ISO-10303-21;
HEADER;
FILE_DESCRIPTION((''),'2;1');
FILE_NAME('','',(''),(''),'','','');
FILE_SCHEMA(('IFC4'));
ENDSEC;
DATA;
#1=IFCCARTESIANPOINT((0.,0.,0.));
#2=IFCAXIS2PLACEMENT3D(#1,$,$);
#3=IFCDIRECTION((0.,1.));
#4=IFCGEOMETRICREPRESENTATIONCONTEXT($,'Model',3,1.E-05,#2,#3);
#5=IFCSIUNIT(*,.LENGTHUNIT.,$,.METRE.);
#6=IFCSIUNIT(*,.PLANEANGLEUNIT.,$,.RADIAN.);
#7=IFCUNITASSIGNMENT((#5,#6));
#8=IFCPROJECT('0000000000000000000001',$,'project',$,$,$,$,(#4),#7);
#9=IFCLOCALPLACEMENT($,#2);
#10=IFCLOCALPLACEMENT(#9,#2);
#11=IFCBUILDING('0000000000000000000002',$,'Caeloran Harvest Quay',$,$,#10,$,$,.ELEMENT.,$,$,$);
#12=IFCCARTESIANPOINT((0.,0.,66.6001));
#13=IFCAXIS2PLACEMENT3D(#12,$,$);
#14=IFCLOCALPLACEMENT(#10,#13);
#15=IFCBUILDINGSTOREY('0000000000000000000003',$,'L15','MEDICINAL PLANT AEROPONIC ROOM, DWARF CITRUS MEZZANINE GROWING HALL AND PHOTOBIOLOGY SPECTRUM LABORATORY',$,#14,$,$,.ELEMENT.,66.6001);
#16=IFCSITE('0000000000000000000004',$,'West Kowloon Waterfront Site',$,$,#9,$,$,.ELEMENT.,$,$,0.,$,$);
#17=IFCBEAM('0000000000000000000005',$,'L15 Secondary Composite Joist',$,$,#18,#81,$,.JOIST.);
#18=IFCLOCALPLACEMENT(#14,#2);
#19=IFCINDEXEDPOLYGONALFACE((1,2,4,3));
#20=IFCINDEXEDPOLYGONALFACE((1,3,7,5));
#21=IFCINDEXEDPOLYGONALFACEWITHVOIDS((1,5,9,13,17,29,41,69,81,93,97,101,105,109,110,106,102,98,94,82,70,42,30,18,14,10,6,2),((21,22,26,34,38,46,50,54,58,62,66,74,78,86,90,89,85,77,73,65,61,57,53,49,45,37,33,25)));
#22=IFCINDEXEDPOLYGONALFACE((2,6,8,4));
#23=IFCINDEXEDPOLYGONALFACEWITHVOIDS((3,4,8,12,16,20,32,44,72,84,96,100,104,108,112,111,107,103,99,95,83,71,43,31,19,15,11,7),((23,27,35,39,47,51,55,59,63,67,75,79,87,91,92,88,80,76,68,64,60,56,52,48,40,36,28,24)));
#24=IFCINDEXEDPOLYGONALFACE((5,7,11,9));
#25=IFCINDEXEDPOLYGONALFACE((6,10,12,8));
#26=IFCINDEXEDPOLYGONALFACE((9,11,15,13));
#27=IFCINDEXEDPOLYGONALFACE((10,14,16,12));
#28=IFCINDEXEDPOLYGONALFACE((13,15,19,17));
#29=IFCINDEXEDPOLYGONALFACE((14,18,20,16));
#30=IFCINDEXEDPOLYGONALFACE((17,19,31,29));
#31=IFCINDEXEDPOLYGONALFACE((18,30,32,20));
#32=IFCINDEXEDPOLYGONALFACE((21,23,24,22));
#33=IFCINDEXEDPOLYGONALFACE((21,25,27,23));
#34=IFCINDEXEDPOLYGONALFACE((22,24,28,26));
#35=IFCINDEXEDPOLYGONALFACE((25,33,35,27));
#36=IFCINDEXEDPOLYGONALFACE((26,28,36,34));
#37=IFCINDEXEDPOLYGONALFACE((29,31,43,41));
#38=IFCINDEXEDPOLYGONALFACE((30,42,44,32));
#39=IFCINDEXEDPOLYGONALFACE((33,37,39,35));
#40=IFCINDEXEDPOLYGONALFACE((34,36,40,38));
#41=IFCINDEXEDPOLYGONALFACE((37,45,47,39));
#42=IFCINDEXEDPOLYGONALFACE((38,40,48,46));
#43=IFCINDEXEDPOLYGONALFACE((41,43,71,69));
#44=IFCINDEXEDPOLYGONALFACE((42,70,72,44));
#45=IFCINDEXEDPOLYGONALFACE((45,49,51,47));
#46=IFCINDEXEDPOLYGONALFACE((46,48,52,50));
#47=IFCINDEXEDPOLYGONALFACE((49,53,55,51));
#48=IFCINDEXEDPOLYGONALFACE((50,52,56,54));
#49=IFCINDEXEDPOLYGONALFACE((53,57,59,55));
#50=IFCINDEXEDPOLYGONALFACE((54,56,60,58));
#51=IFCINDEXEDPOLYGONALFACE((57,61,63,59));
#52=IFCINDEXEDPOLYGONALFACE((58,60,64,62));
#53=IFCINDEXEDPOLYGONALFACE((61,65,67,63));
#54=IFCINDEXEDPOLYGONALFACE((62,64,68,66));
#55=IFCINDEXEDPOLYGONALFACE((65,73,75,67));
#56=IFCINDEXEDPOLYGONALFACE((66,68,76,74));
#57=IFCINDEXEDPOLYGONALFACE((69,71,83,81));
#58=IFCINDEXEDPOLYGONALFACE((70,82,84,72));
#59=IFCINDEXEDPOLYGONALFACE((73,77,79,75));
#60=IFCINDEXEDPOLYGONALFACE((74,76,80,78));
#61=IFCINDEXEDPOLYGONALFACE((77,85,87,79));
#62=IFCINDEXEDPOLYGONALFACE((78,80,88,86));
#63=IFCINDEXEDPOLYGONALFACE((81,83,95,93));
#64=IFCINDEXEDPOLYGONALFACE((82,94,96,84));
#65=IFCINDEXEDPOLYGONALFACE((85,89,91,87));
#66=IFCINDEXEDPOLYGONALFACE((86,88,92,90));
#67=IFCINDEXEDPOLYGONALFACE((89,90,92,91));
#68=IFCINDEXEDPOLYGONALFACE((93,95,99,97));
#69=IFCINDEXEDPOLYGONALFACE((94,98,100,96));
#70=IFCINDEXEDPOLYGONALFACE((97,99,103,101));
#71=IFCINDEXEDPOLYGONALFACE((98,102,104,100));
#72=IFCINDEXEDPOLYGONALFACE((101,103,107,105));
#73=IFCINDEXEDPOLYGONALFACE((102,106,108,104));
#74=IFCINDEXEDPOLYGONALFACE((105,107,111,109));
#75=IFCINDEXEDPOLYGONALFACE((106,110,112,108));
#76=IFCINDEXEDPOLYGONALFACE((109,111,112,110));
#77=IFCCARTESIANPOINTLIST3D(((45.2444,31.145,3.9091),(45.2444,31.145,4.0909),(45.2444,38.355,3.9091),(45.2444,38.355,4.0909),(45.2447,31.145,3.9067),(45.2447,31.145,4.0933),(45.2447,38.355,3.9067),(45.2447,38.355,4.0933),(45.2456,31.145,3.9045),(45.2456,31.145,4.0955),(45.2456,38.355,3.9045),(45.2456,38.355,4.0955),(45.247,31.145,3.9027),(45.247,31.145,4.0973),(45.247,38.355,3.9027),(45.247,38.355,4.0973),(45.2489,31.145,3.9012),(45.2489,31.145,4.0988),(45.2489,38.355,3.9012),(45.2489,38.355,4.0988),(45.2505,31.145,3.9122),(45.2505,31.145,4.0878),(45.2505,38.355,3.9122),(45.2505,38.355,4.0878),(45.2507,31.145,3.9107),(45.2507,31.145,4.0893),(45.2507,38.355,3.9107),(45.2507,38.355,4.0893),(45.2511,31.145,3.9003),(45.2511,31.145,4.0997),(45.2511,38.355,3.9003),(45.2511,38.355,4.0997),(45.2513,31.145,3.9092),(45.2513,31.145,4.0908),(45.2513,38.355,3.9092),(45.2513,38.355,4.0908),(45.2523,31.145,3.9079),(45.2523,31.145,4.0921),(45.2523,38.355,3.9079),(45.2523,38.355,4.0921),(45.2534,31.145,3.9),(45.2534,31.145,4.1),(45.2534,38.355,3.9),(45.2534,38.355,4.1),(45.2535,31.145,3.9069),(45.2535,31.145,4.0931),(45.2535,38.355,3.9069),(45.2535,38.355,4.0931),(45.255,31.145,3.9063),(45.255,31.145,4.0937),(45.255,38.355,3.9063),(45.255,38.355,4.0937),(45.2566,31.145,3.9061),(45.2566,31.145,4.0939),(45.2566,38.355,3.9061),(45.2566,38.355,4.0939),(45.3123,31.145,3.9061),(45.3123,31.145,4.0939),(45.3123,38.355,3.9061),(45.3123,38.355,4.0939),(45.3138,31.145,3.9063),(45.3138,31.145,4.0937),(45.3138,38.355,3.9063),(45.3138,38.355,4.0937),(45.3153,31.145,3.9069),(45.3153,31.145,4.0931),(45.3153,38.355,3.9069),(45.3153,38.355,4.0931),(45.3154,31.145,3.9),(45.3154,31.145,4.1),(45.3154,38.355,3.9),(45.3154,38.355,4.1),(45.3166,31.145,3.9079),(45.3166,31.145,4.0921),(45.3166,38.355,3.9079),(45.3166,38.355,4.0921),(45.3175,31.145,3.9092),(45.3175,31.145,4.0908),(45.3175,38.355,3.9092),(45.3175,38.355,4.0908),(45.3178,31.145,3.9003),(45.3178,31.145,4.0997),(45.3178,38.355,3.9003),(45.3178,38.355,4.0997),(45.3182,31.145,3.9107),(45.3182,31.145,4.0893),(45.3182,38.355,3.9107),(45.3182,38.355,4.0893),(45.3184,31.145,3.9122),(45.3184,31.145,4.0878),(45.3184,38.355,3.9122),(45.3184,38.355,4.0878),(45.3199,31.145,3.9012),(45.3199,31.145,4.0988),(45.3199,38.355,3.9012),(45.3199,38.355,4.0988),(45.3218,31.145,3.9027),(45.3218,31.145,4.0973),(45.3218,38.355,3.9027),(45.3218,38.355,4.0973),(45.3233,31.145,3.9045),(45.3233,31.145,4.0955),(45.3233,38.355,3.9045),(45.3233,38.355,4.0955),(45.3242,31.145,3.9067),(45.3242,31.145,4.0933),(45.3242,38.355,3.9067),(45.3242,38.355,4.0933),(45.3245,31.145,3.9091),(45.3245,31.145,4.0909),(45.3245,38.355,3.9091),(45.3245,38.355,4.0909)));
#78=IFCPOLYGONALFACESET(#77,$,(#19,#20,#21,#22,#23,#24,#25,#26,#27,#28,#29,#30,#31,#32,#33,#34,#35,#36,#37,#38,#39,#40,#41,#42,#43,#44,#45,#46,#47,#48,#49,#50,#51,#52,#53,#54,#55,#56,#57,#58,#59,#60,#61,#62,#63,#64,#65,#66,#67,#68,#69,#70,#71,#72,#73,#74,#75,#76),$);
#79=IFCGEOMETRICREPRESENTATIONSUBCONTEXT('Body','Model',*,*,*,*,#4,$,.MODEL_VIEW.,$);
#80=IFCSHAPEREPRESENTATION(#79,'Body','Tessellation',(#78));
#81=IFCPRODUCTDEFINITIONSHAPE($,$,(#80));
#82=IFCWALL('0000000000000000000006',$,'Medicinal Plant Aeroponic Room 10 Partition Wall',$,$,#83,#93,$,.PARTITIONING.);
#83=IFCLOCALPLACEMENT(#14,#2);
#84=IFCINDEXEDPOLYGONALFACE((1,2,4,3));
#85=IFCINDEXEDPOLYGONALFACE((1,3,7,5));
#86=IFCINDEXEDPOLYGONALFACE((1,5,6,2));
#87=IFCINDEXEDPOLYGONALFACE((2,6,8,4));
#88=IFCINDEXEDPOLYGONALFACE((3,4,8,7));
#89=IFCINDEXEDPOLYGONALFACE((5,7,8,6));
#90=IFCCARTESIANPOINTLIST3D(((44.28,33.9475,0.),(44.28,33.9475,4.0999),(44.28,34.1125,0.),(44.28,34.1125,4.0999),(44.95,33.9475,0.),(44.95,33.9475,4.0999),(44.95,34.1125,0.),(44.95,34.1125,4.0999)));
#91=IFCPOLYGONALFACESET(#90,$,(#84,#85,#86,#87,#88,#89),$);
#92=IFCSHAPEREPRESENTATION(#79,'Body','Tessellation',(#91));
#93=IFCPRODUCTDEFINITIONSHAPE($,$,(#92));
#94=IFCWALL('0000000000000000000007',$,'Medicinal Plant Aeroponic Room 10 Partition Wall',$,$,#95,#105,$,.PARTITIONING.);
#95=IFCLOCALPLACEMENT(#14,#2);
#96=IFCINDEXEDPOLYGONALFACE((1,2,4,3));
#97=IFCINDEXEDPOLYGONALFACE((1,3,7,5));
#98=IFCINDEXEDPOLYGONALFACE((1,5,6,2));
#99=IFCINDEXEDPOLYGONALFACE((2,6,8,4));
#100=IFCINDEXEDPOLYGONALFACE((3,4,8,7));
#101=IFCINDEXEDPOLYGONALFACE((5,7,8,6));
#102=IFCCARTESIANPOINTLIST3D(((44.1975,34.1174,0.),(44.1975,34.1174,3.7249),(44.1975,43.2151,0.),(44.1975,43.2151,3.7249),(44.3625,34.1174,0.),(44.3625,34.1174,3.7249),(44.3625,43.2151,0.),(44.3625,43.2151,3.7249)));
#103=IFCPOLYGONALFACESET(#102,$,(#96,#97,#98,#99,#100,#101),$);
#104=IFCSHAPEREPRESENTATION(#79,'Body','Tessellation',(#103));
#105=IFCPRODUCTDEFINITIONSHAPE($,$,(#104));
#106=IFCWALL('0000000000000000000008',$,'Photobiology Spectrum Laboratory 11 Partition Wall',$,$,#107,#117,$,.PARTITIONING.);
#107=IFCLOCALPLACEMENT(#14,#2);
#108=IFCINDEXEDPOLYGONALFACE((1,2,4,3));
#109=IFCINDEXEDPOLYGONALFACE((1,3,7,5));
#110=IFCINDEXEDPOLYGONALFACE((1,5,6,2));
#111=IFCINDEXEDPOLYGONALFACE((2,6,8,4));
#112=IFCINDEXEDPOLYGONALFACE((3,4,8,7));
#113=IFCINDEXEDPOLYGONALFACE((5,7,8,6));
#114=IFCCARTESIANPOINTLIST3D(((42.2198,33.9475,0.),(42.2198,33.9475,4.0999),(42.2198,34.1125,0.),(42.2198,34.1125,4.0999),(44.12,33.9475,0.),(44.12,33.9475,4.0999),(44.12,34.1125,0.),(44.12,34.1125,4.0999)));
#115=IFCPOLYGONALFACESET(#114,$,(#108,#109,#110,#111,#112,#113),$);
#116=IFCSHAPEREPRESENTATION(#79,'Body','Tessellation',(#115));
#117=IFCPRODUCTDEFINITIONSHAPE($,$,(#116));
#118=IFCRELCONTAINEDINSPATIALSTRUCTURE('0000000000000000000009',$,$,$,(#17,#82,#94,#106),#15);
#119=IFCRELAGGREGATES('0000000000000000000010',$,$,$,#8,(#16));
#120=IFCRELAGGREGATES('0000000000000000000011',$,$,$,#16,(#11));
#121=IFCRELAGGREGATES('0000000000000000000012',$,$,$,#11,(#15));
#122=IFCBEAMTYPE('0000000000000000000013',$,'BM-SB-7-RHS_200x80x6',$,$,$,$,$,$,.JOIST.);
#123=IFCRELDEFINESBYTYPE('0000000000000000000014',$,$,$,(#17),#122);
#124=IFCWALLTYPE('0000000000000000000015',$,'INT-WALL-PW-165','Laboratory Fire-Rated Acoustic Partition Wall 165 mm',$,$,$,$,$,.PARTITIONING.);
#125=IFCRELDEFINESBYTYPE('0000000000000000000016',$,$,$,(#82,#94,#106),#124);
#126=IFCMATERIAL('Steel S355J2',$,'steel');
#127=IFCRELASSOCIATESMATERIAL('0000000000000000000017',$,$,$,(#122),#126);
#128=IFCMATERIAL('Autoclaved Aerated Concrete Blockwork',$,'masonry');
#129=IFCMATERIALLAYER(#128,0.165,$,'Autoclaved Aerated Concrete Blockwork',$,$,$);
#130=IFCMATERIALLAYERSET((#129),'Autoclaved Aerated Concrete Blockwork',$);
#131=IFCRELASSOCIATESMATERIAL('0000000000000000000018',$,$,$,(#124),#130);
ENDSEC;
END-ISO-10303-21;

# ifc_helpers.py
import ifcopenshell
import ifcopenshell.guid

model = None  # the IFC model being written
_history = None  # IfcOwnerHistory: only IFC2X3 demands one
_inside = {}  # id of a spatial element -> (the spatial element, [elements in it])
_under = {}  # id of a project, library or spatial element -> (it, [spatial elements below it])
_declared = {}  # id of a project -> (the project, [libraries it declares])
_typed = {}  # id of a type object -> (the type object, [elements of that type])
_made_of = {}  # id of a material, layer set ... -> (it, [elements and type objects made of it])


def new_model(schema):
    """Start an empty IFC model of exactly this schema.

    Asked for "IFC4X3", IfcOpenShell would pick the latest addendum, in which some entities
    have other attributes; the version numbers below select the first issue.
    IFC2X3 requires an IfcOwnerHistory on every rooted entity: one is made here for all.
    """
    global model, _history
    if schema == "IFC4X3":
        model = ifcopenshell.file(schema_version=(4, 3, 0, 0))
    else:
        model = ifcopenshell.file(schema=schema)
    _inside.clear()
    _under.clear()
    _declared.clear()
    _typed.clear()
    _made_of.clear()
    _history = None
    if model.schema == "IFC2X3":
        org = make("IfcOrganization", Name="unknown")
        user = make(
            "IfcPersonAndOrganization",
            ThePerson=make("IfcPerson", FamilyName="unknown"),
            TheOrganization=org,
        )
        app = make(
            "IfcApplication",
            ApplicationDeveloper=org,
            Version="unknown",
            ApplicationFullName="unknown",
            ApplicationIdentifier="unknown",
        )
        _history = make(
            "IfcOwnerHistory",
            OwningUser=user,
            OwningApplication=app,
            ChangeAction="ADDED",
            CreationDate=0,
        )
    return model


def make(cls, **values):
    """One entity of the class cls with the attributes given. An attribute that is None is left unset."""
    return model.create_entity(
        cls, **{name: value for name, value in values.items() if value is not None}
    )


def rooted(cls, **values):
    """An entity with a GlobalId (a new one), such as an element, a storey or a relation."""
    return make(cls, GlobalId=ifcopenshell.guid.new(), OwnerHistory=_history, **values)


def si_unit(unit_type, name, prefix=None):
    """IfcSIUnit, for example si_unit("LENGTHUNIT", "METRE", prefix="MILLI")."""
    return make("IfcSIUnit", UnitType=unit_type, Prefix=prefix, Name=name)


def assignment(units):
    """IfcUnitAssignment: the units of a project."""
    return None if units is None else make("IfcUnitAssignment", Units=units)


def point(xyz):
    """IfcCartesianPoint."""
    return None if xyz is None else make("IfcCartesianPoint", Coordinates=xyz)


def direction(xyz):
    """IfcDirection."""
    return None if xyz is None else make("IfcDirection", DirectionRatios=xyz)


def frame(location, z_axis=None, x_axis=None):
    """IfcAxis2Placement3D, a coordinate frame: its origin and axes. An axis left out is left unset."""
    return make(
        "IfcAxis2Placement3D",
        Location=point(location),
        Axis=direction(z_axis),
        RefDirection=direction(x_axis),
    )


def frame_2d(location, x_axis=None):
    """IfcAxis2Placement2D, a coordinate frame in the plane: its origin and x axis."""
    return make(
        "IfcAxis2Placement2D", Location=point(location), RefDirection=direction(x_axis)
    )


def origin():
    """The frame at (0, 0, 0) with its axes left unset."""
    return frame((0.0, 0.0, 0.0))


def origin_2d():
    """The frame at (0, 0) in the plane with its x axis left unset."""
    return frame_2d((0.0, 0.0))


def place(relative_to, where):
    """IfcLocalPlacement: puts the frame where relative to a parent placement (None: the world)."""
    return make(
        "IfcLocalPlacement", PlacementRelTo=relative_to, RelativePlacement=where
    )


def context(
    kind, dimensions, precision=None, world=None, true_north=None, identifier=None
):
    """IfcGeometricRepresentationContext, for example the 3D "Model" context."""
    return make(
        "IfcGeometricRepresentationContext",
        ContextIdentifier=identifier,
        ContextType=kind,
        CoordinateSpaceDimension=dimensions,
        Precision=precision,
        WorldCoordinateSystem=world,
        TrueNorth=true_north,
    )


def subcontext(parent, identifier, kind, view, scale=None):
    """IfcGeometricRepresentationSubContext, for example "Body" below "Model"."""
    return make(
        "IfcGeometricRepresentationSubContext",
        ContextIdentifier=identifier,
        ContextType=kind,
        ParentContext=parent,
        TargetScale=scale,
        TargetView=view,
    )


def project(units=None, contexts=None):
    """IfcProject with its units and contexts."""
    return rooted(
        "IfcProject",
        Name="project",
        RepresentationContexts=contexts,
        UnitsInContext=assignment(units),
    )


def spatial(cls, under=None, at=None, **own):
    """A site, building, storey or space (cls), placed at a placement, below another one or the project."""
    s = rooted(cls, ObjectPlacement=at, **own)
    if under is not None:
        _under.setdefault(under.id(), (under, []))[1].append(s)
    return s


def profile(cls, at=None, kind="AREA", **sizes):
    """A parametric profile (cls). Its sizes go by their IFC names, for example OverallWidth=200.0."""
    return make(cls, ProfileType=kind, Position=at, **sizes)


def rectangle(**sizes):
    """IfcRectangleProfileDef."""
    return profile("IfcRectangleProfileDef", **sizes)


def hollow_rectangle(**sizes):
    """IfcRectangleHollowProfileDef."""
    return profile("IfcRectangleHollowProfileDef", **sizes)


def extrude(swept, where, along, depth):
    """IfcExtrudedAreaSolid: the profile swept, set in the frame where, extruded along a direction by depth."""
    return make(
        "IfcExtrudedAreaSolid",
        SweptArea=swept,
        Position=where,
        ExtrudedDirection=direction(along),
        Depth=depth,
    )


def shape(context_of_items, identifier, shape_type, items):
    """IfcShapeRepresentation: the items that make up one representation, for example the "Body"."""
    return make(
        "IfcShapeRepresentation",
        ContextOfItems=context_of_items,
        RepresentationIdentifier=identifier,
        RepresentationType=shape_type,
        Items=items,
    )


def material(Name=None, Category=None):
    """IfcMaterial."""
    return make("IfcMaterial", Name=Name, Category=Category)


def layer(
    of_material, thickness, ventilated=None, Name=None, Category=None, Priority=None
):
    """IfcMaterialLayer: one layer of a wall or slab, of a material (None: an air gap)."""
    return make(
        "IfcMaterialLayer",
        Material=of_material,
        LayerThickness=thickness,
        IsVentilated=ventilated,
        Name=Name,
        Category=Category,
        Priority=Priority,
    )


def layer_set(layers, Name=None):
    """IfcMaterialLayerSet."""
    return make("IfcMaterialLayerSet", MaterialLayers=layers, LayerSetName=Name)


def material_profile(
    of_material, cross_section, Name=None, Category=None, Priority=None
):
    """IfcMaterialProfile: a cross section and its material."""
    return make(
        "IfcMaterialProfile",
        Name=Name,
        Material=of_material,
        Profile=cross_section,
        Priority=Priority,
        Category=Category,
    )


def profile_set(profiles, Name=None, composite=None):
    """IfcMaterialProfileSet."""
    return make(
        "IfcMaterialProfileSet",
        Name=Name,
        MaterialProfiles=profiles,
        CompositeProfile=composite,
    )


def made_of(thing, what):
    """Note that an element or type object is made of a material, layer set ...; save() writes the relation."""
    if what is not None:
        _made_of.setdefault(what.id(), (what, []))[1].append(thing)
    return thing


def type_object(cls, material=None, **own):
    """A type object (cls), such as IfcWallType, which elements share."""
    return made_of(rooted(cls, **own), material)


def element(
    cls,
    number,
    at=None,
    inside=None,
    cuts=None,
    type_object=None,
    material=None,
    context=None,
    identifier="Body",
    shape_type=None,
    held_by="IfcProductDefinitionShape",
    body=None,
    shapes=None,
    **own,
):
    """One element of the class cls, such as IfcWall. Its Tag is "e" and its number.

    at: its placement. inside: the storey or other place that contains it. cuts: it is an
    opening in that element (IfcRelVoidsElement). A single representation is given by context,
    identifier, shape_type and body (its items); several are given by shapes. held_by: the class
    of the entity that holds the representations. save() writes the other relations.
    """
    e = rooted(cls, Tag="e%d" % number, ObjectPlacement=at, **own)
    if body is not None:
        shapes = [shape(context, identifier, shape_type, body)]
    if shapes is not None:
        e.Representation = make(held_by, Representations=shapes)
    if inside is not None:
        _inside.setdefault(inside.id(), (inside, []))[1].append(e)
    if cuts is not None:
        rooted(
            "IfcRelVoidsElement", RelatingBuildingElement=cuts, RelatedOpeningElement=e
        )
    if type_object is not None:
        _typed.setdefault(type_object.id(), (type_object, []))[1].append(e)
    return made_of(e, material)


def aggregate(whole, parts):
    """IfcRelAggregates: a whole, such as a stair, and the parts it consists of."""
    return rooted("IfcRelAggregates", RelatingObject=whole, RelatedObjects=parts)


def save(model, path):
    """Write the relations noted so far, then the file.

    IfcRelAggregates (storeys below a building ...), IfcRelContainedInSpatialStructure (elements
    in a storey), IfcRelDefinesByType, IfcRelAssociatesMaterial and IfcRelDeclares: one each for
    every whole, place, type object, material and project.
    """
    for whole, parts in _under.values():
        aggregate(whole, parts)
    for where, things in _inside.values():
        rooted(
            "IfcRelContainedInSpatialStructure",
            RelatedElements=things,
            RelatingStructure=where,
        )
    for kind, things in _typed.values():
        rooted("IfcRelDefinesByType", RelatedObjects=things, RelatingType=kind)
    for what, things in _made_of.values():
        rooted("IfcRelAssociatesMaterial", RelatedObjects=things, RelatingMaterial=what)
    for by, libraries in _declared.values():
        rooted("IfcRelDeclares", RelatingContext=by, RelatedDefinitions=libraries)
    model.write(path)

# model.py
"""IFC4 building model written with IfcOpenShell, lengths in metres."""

from ifc_helpers import new_model, si_unit, direction, frame, frame_2d, origin, origin_2d, place, context, subcontext, project, spatial, rectangle, hollow_rectangle, extrude, material, layer, layer_set, material_profile, profile_set, type_object, element, save


model = new_model("IFC4")

# Units and contexts
model_context = context("Model", 3, precision=1e-05, world=origin(), true_north=direction((0.0, 1.0)))
body_context = subcontext(model_context, "Body", "Model", "MODEL_VIEW")
ifc_project = project(units=[si_unit("LENGTHUNIT", "METRE"), si_unit("PLANEANGLEUNIT", "RADIAN")], contexts=[model_context])

# Site, building, storey
site_placement = place(None, origin())
site = spatial("IfcSite", under=ifc_project, at=site_placement, Name="West Kowloon Waterfront Site", CompositionType="ELEMENT", RefElevation=0.0)
building_placement = place(site_placement, origin())
building = spatial("IfcBuilding", under=site, at=building_placement, Name="Caeloran Harvest Quay", CompositionType="ELEMENT")
storey_placement = place(building_placement, frame((0.0, 0.0, 66.6001)))
storey = spatial("IfcBuildingStorey", under=building, at=storey_placement, Name="L15", Description="MEDICINAL PLANT AEROPONIC ROOM, DWARF CITRUS MEZZANINE GROWING HALL AND PHOTOBIOLOGY SPECTRUM LABORATORY", CompositionType="ELEMENT", Elevation=66.6001)

# Beam
ifc_material_1 = material(Name="Steel S355J2", Category="steel")
ifc_material_profile_1 = material_profile(ifc_material_1, hollow_rectangle(XDim=0.0801, YDim=0.2, WallThickness=0.0061, InnerFilletRadius=0.0061, OuterFilletRadius=0.009, at=origin_2d()), Name="RHS 200x80x6")
ifc_profile_set_1 = profile_set([ifc_material_profile_1], Name="Steel S355J2")
beam_type_1 = type_object("IfcBeamType", Name="BM-SB-7-RHS_200x80x6", PredefinedType="JOIST", material=ifc_profile_set_1)
for number, where, z_axis, x_axis, name in (
    (1, (45.2844, 31.145, 4.0), (0.0, 1.0, 0.0), (-1.0, 0.0, 0.0), "L15 Secondary Composite Joist"),
):
    element("IfcBeam", number, at=place(storey_placement, frame(where, z_axis=z_axis, x_axis=x_axis)), inside=storey, type_object=beam_type_1, Name=name, PredefinedType="JOIST", context=body_context, shape_type="SweptSolid", body=[
        extrude(hollow_rectangle(XDim=0.0801, YDim=0.2, WallThickness=0.0061, InnerFilletRadius=0.0061, OuterFilletRadius=0.009, at=origin_2d()), origin(), (0.0, 0.0, 1.0), 7.21),
    ])

# Walls
ifc_material_2 = material(Name="Autoclaved Aerated Concrete Blockwork", Category="masonry")
ifc_layer = layer(ifc_material_2, 0.165, Name="Autoclaved Aerated Concrete Blockwork")
ifc_layer_set = layer_set([ifc_layer], Name="Autoclaved Aerated Concrete Blockwork")
wall_type = type_object("IfcWallType", Name="INT-WALL-PW-165", Description="Laboratory Fire-Rated Acoustic Partition Wall 165 mm", PredefinedType="PARTITIONING", material=ifc_layer_set)
wall_1_placement = place(storey_placement, frame((44.95, 34.03, 0.0), z_axis=(0.0, 0.0, 1.0), x_axis=(-1.0, 0.0, 0.0)))
element("IfcWall", 2, at=wall_1_placement, inside=storey, type_object=wall_type, Name="Medicinal Plant Aeroponic Room 10 Partition Wall", PredefinedType="PARTITIONING", context=body_context, shape_type="SweptSolid", body=[
    extrude(rectangle(XDim=0.6699, YDim=0.165, at=frame_2d((0.335, 0.0))), origin(), (0.0, 0.0, 1.0), 4.0999),
])
wall_2_placement = place(storey_placement, frame((44.28, 34.1174, 0.0), z_axis=(0.0, 0.0, 1.0), x_axis=(0.0, 1.0, 0.0)))
element("IfcWall", 3, at=wall_2_placement, inside=storey, type_object=wall_type, Name="Medicinal Plant Aeroponic Room 10 Partition Wall", PredefinedType="PARTITIONING", context=body_context, shape_type="SweptSolid", body=[
    extrude(rectangle(XDim=9.0977, YDim=0.165, at=frame_2d((4.5488, 0.0))), origin(), (0.0, 0.0, 1.0), 3.7249),
])
wall_3_placement = place(storey_placement, frame((44.1201, 34.03, 0.0), z_axis=(0.0, 0.0, 1.0), x_axis=(-1.0, 0.0, 0.0)))
element("IfcWall", 4, at=wall_3_placement, inside=storey, type_object=wall_type, Name="Photobiology Spectrum Laboratory 11 Partition Wall", PredefinedType="PARTITIONING", context=body_context, shape_type="SweptSolid", body=[
    extrude(rectangle(XDim=1.9001, YDim=0.165, at=frame_2d((0.9502, 0.0))), origin(), (0.0, 0.0, 1.0), 4.0999),
])

save(model, "model.ifc")
